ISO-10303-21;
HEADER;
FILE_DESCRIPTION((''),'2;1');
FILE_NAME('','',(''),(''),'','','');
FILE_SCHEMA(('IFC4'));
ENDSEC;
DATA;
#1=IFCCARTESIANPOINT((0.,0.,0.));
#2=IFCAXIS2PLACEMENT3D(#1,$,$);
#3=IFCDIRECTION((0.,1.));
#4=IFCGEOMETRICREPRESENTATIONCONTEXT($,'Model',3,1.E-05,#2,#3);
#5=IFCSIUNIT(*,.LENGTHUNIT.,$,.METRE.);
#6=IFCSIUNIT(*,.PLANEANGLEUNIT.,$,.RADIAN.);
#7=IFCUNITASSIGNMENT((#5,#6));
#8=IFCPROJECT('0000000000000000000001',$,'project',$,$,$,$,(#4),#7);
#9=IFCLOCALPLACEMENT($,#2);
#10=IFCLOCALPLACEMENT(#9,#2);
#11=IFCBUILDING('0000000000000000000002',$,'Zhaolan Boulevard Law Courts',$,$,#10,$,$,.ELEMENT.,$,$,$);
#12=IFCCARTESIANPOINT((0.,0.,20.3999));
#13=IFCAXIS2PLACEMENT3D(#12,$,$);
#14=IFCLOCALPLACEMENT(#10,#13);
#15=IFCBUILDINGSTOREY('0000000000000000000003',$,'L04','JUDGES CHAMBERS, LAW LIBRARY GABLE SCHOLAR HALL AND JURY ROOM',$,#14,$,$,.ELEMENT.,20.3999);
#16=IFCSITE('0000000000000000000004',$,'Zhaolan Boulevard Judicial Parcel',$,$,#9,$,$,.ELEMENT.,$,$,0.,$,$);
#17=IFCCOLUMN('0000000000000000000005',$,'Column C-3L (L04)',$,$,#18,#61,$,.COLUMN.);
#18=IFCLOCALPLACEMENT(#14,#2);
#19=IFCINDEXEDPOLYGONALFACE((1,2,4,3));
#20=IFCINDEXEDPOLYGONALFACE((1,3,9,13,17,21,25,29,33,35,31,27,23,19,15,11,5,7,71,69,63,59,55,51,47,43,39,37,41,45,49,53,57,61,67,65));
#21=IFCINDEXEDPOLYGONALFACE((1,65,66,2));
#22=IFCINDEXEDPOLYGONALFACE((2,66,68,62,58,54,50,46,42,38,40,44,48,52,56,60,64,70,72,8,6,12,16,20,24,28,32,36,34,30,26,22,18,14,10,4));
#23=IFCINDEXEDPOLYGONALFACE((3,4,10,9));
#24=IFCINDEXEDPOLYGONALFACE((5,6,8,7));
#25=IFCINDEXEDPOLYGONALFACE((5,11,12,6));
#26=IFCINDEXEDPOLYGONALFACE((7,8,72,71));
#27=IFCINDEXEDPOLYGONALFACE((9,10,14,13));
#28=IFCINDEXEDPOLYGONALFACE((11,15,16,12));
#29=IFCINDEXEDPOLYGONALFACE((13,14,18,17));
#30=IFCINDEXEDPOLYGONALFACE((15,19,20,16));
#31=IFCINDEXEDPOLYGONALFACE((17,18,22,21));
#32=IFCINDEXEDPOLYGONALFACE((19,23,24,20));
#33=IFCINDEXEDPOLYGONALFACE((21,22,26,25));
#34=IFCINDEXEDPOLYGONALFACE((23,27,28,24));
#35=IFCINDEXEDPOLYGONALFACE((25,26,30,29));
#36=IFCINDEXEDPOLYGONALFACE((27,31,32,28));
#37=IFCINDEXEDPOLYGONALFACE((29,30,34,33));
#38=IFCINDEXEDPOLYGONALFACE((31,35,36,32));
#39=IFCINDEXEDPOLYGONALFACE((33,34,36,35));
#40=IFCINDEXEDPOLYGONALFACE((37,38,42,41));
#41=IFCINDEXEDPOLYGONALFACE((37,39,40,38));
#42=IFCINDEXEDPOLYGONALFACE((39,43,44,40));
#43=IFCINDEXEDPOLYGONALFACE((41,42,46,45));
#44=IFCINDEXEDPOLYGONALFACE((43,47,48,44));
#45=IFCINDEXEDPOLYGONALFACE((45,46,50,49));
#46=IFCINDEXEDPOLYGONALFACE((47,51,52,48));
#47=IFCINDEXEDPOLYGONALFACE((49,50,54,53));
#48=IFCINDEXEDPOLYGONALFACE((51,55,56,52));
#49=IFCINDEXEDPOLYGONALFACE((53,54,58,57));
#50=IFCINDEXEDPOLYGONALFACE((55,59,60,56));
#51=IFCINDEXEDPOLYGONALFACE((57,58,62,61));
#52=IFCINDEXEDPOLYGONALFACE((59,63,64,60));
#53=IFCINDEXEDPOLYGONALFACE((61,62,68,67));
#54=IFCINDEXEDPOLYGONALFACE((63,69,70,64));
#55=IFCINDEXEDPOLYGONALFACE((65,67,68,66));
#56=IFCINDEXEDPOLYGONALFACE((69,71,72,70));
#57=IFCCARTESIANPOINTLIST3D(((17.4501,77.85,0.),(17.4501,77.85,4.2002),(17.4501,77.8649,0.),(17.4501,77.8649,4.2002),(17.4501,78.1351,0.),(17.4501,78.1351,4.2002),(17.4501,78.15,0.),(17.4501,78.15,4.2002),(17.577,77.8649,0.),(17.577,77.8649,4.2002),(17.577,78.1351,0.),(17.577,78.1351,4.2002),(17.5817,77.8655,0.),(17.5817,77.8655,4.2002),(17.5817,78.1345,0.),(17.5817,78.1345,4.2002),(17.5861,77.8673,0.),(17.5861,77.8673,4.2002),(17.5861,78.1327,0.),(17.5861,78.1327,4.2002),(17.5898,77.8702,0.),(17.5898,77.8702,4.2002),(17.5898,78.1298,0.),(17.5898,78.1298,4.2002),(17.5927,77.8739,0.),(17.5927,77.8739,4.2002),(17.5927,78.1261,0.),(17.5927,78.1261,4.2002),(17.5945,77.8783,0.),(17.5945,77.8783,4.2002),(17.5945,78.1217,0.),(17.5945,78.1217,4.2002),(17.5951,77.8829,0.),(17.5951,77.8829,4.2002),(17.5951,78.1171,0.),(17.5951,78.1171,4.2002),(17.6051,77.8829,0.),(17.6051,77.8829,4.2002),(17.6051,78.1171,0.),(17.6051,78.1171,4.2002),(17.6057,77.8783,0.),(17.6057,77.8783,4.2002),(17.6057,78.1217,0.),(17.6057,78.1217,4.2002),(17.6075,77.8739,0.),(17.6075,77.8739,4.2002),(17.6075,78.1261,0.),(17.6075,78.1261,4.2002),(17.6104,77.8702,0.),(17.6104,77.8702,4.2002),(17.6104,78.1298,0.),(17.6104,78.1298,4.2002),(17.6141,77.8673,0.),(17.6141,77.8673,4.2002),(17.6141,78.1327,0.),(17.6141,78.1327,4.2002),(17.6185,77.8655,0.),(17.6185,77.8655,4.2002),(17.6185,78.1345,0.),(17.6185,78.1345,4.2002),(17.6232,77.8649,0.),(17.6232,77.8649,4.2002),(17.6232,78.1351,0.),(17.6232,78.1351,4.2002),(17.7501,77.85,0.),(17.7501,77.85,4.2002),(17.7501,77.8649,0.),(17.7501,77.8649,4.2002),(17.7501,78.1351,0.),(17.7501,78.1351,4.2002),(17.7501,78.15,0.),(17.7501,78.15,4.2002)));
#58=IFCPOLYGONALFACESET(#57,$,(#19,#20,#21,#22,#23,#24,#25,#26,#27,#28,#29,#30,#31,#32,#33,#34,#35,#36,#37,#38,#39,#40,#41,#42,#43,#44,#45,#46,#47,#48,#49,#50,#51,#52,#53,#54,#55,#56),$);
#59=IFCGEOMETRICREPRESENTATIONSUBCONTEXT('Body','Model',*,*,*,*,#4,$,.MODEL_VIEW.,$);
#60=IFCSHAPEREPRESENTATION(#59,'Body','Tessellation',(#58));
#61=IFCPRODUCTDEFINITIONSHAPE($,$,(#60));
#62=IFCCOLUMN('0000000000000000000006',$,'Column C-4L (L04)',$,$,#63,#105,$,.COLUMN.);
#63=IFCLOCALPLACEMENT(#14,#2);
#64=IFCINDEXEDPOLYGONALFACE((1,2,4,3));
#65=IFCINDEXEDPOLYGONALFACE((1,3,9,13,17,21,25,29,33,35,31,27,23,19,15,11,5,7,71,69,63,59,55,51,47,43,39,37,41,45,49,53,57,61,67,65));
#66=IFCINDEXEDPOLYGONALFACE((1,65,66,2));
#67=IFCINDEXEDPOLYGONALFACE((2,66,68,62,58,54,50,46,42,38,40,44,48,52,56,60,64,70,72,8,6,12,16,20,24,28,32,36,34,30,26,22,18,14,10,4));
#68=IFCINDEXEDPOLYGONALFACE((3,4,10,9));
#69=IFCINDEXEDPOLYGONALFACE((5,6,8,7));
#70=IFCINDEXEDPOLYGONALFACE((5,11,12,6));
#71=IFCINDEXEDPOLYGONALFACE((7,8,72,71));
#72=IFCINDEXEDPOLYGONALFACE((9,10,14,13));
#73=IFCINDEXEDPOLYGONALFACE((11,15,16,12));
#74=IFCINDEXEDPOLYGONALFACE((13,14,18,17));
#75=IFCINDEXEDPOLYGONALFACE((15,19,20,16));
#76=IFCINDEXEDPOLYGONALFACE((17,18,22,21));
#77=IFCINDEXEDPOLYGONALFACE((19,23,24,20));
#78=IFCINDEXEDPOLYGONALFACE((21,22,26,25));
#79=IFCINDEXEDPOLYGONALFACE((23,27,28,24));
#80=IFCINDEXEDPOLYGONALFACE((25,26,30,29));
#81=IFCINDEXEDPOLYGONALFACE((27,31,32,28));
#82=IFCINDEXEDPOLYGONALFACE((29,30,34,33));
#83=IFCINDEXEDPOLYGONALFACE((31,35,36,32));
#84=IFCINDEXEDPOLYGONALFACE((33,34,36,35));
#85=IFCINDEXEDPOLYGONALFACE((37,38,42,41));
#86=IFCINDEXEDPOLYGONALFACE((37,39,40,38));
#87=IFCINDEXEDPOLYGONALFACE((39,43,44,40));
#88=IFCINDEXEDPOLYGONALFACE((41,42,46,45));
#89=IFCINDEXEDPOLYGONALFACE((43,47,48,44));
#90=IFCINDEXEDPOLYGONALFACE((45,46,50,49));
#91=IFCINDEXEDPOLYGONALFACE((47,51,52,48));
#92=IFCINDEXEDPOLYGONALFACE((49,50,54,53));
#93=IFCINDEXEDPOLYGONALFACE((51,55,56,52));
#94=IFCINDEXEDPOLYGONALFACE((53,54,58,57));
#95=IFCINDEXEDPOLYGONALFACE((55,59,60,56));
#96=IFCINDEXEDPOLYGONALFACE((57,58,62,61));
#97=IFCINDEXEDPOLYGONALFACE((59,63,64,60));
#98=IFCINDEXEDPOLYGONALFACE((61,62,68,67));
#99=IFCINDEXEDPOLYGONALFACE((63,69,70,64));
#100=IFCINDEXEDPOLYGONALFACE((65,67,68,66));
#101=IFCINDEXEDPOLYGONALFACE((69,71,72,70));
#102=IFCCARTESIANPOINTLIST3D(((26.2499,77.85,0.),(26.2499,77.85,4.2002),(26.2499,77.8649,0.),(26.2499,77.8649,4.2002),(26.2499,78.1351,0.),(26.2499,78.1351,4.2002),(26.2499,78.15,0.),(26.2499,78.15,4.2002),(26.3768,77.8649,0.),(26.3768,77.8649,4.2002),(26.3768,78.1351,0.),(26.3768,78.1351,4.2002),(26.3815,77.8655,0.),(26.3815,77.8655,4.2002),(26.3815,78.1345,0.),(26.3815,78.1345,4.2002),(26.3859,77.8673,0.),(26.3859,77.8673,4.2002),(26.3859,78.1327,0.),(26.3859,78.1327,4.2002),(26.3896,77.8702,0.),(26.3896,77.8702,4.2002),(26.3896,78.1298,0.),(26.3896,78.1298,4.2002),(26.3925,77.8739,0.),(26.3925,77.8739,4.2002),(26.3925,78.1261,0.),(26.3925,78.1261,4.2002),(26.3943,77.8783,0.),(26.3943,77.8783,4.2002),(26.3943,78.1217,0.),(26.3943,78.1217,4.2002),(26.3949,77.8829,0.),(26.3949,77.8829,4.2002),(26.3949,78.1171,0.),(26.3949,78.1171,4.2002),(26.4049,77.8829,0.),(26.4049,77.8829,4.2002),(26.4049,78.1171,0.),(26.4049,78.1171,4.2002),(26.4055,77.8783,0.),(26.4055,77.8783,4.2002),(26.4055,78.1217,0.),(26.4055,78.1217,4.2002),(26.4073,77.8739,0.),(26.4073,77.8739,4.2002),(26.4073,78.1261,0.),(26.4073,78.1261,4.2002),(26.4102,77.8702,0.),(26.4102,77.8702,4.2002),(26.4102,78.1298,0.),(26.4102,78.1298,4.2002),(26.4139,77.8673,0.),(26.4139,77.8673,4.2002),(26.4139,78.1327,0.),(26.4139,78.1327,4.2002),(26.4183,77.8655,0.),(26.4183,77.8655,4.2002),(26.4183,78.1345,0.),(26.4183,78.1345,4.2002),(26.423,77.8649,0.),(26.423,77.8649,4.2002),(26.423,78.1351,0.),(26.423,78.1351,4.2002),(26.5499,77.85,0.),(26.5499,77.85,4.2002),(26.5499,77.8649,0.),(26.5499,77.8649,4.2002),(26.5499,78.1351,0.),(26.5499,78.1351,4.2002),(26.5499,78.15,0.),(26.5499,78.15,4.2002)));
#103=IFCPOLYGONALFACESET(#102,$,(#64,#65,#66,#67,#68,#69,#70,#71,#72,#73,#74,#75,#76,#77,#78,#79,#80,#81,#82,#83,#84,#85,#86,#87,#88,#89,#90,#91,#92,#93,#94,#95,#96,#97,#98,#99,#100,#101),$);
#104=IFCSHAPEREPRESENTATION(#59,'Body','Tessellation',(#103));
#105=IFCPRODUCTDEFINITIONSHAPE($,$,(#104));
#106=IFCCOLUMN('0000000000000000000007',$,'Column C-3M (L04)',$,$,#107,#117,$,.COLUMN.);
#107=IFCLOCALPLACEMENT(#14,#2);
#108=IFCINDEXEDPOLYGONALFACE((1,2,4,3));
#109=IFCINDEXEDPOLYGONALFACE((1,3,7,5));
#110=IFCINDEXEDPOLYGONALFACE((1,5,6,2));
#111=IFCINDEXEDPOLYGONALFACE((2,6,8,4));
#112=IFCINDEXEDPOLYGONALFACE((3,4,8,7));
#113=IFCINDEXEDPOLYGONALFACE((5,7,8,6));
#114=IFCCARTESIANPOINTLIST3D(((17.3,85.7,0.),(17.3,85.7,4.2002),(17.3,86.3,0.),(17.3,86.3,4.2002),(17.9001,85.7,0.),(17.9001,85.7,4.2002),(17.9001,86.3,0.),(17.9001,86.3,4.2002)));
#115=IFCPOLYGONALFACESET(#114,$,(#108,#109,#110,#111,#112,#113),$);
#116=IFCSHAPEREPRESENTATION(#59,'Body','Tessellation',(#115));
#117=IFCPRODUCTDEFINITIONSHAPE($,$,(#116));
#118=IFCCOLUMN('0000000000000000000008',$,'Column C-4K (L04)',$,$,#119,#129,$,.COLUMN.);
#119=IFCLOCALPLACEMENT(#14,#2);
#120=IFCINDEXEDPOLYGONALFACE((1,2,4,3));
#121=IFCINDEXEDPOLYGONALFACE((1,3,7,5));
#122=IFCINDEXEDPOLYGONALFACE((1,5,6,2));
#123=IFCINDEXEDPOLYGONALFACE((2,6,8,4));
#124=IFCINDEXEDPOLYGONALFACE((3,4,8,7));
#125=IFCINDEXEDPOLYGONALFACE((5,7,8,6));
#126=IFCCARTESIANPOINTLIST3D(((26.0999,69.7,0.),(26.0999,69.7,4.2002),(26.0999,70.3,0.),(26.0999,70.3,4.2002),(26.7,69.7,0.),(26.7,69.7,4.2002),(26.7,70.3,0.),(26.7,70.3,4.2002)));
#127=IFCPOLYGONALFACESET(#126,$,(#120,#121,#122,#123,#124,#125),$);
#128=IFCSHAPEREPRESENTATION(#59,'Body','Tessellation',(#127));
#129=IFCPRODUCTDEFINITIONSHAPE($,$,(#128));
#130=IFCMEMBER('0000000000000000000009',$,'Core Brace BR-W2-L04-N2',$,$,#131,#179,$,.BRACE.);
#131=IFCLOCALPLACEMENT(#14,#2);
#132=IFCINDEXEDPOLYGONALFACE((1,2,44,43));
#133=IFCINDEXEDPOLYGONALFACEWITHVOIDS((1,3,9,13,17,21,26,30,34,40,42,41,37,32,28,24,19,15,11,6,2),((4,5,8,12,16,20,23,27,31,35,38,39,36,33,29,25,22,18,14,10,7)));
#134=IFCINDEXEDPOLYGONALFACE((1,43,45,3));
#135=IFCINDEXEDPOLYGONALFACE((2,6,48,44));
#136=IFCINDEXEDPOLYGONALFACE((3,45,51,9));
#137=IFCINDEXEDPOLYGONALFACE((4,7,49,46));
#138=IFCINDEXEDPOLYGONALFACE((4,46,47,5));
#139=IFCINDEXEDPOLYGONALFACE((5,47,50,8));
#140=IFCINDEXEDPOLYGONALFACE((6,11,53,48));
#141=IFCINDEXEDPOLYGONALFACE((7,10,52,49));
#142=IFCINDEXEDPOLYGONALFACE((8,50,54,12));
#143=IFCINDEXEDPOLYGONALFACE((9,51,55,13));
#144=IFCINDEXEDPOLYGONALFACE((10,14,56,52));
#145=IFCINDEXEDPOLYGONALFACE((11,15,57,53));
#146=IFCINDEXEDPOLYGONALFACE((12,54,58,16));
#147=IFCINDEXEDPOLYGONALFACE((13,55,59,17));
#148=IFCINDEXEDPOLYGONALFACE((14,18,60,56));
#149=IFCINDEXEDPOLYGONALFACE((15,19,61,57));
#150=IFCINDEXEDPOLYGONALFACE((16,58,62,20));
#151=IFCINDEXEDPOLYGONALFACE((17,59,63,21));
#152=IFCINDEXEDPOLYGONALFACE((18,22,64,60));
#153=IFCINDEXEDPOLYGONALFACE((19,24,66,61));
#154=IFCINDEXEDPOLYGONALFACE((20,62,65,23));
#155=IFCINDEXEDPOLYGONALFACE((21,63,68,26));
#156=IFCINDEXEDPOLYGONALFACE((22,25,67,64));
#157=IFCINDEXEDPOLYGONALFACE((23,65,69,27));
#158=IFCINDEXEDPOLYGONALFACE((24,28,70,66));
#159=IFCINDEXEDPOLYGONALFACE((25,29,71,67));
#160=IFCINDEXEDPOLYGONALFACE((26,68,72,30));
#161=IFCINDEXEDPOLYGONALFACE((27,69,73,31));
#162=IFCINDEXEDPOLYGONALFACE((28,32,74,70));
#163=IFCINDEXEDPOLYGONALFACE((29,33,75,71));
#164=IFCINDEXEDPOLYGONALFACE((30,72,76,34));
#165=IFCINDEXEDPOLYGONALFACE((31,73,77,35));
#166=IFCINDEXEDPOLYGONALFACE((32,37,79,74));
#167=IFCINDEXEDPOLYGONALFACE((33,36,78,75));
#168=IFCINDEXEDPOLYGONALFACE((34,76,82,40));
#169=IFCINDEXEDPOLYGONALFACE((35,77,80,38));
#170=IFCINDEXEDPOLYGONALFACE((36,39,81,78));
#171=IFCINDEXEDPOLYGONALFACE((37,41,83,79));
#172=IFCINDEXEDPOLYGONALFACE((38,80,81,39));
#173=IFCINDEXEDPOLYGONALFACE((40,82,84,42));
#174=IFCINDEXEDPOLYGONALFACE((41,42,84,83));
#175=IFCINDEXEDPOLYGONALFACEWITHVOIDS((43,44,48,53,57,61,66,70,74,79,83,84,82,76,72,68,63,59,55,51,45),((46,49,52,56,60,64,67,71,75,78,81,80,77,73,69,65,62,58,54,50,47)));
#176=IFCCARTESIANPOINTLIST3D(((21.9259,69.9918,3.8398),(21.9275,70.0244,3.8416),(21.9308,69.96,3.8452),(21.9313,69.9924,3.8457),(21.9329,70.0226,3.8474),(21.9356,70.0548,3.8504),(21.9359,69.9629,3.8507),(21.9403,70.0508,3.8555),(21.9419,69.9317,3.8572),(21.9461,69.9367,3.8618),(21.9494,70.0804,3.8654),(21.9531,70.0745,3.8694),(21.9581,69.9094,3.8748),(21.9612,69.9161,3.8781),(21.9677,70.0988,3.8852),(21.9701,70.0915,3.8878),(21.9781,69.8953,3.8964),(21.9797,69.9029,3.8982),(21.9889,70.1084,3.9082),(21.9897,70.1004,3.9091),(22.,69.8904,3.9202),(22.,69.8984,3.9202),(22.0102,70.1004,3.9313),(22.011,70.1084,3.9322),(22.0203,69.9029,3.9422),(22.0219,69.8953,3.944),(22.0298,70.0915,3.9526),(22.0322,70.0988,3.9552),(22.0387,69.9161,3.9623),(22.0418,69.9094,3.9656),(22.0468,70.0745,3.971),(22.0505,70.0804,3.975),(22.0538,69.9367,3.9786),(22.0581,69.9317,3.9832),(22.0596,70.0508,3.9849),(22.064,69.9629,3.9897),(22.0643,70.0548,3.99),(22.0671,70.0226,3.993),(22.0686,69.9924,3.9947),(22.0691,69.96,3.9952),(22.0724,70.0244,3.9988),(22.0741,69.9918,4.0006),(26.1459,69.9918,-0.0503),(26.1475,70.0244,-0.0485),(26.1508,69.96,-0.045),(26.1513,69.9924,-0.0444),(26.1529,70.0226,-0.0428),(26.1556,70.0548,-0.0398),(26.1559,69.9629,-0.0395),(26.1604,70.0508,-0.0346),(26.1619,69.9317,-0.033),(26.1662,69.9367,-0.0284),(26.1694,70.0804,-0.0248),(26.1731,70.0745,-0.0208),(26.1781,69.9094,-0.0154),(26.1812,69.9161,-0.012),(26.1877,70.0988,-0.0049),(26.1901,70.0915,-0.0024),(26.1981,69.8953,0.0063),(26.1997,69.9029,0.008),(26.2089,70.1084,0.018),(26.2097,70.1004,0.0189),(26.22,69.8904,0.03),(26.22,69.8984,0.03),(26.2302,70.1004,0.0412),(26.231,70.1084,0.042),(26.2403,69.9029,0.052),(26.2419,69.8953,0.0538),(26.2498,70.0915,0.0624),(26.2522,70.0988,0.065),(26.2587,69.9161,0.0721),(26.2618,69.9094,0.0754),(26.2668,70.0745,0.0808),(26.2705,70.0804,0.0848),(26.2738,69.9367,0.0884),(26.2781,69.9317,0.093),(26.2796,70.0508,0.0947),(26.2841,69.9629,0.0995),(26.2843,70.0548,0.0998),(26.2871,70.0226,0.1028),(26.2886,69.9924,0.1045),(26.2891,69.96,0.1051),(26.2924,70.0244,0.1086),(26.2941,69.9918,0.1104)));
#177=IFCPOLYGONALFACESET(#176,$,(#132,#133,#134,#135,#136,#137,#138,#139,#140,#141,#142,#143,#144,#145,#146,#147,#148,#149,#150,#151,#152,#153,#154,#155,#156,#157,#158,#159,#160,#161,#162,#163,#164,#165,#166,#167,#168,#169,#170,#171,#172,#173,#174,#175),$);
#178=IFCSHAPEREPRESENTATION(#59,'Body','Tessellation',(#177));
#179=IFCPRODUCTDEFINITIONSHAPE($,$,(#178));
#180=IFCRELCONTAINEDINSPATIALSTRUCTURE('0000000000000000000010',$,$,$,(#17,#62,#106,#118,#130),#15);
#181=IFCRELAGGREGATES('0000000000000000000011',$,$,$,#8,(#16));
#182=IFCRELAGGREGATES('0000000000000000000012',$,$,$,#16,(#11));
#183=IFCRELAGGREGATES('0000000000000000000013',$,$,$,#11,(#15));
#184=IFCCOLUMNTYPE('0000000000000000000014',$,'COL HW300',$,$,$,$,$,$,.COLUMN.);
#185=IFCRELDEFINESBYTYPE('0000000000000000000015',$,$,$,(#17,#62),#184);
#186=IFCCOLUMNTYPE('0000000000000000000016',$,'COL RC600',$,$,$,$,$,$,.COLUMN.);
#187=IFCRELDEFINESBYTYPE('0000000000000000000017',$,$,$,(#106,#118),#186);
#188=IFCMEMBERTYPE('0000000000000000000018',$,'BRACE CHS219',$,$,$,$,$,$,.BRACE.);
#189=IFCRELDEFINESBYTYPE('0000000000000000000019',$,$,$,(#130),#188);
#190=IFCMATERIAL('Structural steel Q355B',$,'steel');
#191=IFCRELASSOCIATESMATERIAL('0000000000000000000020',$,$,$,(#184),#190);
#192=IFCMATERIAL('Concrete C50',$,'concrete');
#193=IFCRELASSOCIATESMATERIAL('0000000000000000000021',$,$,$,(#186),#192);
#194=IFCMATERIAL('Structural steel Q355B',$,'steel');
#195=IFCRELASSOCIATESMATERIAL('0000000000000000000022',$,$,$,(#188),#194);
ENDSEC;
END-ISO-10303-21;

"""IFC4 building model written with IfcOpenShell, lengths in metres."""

from ifc_helpers import new_model, si_unit, direction, frame, origin, origin_2d, place, context, subcontext, project, spatial, rectangle, hollow_circle, i_section, extrude, material, material_profile, profile_set, type_object, element, save


model = new_model("IFC4")

# Units and contexts
model_context = context("Model", 3, precision=1e-05, world=origin(), true_north=direction((0.0, 1.0)))
body_context = subcontext(model_context, "Body", "Model", "MODEL_VIEW")
ifc_project = project(units=[si_unit("LENGTHUNIT", "METRE"), si_unit("PLANEANGLEUNIT", "RADIAN")], contexts=[model_context])

# Site, building, storey
site_placement = place(None, origin())
site = spatial("IfcSite", under=ifc_project, at=site_placement, Name="Zhaolan Boulevard Judicial Parcel", CompositionType="ELEMENT", RefElevation=0.0)
building_placement = place(site_placement, origin())
building = spatial("IfcBuilding", under=site, at=building_placement, Name="Zhaolan Boulevard Law Courts", CompositionType="ELEMENT")
storey_placement = place(building_placement, frame((0.0, 0.0, 20.3999)))
storey = spatial("IfcBuildingStorey", under=building, at=storey_placement, Name="L04", Description="JUDGES CHAMBERS, LAW LIBRARY GABLE SCHOLAR HALL AND JURY ROOM", CompositionType="ELEMENT", Elevation=20.3999)

# Columns
ifc_material_1 = material(Name="Structural steel Q355B", Category="steel")
ifc_material_profile_1 = material_profile(ifc_material_1, i_section(OverallWidth=0.3, OverallDepth=0.3, WebThickness=0.01, FlangeThickness=0.0149, FilletRadius=0.0181, at=origin_2d()), Name="HW300x300")
ifc_profile_set_1 = profile_set([ifc_material_profile_1], Name="Structural steel Q355B")
column_type_1 = type_object("IfcColumnType", Name="COL HW300", PredefinedType="COLUMN", material=ifc_profile_set_1)
for number, where, z_axis, x_axis, name in (
    (1, (17.6001, 78.0, 0.0), (0.0, 0.0, 1.0), (1.0, 0.0, 0.0), "Column C-3L (L04)"),
    (2, (26.3999, 78.0, 0.0), (0.0, 0.0, 1.0), (1.0, 0.0, 0.0), "Column C-4L (L04)"),
):
    element("IfcColumn", number, at=place(storey_placement, frame(where, z_axis=z_axis, x_axis=x_axis)), inside=storey, type_object=column_type_1, Name=name, PredefinedType="COLUMN", context=body_context, shape_type="SweptSolid", body=[
        extrude(i_section(OverallWidth=0.3, OverallDepth=0.3, WebThickness=0.01, FlangeThickness=0.0149, FilletRadius=0.0181, at=origin_2d()), origin(), (0.0, 0.0, 1.0), 4.2002),
    ])
ifc_material_2 = material(Name="Concrete C50", Category="concrete")
ifc_material_profile_2 = material_profile(ifc_material_2, rectangle(XDim=0.6001, YDim=0.6001, at=origin_2d()), Name="RC600x600")
ifc_profile_set_2 = profile_set([ifc_material_profile_2], Name="Concrete C50")
column_type_2 = type_object("IfcColumnType", Name="COL RC600", PredefinedType="COLUMN", material=ifc_profile_set_2)
for number, where, z_axis, x_axis, name in (
    (3, (17.6001, 86.0, 0.0), (0.0, 0.0, 1.0), (1.0, 0.0, 0.0), "Column C-3M (L04)"),
    (4, (26.3999, 70.0, 0.0), (0.0, 0.0, 1.0), (1.0, 0.0, 0.0), "Column C-4K (L04)"),
):
    element("IfcColumn", number, at=place(storey_placement, frame(where, z_axis=z_axis, x_axis=x_axis)), inside=storey, type_object=column_type_2, Name=name, PredefinedType="COLUMN", context=body_context, shape_type="SweptSolid", body=[
        extrude(rectangle(XDim=0.6001, YDim=0.6001, at=origin_2d()), origin(), (0.0, 0.0, 1.0), 4.2002),
    ])

# Member
ifc_material_3 = material(Name="Structural steel Q355B", Category="steel")
ifc_material_profile_3 = material_profile(ifc_material_3, hollow_circle(Radius=0.1096, WallThickness=0.0081, at=origin_2d()), Name="CHS219x8")
ifc_profile_set_3 = profile_set([ifc_material_profile_3], Name="Structural steel Q355B")
member_type_1 = type_object("IfcMemberType", Name="BRACE CHS219", PredefinedType="BRACE", material=ifc_profile_set_3)
member_1_placement = place(storey_placement, frame((26.22, 70.0, 0.03), z_axis=(-0.735257, 0.0, 0.677789), x_axis=(0.0, -1.0, 0.0)))
element("IfcMember", 5, at=member_1_placement, inside=storey, type_object=member_type_1, Name="Core Brace BR-W2-L04-N2", PredefinedType="BRACE", context=body_context, shape_type="SweptSolid", body=[
    extrude(hollow_circle(Radius=0.1096, WallThickness=0.0081, at=origin_2d()), origin(), (0.0, 0.0, 1.0), 5.7395),
])

save(model, "model.ifc")
